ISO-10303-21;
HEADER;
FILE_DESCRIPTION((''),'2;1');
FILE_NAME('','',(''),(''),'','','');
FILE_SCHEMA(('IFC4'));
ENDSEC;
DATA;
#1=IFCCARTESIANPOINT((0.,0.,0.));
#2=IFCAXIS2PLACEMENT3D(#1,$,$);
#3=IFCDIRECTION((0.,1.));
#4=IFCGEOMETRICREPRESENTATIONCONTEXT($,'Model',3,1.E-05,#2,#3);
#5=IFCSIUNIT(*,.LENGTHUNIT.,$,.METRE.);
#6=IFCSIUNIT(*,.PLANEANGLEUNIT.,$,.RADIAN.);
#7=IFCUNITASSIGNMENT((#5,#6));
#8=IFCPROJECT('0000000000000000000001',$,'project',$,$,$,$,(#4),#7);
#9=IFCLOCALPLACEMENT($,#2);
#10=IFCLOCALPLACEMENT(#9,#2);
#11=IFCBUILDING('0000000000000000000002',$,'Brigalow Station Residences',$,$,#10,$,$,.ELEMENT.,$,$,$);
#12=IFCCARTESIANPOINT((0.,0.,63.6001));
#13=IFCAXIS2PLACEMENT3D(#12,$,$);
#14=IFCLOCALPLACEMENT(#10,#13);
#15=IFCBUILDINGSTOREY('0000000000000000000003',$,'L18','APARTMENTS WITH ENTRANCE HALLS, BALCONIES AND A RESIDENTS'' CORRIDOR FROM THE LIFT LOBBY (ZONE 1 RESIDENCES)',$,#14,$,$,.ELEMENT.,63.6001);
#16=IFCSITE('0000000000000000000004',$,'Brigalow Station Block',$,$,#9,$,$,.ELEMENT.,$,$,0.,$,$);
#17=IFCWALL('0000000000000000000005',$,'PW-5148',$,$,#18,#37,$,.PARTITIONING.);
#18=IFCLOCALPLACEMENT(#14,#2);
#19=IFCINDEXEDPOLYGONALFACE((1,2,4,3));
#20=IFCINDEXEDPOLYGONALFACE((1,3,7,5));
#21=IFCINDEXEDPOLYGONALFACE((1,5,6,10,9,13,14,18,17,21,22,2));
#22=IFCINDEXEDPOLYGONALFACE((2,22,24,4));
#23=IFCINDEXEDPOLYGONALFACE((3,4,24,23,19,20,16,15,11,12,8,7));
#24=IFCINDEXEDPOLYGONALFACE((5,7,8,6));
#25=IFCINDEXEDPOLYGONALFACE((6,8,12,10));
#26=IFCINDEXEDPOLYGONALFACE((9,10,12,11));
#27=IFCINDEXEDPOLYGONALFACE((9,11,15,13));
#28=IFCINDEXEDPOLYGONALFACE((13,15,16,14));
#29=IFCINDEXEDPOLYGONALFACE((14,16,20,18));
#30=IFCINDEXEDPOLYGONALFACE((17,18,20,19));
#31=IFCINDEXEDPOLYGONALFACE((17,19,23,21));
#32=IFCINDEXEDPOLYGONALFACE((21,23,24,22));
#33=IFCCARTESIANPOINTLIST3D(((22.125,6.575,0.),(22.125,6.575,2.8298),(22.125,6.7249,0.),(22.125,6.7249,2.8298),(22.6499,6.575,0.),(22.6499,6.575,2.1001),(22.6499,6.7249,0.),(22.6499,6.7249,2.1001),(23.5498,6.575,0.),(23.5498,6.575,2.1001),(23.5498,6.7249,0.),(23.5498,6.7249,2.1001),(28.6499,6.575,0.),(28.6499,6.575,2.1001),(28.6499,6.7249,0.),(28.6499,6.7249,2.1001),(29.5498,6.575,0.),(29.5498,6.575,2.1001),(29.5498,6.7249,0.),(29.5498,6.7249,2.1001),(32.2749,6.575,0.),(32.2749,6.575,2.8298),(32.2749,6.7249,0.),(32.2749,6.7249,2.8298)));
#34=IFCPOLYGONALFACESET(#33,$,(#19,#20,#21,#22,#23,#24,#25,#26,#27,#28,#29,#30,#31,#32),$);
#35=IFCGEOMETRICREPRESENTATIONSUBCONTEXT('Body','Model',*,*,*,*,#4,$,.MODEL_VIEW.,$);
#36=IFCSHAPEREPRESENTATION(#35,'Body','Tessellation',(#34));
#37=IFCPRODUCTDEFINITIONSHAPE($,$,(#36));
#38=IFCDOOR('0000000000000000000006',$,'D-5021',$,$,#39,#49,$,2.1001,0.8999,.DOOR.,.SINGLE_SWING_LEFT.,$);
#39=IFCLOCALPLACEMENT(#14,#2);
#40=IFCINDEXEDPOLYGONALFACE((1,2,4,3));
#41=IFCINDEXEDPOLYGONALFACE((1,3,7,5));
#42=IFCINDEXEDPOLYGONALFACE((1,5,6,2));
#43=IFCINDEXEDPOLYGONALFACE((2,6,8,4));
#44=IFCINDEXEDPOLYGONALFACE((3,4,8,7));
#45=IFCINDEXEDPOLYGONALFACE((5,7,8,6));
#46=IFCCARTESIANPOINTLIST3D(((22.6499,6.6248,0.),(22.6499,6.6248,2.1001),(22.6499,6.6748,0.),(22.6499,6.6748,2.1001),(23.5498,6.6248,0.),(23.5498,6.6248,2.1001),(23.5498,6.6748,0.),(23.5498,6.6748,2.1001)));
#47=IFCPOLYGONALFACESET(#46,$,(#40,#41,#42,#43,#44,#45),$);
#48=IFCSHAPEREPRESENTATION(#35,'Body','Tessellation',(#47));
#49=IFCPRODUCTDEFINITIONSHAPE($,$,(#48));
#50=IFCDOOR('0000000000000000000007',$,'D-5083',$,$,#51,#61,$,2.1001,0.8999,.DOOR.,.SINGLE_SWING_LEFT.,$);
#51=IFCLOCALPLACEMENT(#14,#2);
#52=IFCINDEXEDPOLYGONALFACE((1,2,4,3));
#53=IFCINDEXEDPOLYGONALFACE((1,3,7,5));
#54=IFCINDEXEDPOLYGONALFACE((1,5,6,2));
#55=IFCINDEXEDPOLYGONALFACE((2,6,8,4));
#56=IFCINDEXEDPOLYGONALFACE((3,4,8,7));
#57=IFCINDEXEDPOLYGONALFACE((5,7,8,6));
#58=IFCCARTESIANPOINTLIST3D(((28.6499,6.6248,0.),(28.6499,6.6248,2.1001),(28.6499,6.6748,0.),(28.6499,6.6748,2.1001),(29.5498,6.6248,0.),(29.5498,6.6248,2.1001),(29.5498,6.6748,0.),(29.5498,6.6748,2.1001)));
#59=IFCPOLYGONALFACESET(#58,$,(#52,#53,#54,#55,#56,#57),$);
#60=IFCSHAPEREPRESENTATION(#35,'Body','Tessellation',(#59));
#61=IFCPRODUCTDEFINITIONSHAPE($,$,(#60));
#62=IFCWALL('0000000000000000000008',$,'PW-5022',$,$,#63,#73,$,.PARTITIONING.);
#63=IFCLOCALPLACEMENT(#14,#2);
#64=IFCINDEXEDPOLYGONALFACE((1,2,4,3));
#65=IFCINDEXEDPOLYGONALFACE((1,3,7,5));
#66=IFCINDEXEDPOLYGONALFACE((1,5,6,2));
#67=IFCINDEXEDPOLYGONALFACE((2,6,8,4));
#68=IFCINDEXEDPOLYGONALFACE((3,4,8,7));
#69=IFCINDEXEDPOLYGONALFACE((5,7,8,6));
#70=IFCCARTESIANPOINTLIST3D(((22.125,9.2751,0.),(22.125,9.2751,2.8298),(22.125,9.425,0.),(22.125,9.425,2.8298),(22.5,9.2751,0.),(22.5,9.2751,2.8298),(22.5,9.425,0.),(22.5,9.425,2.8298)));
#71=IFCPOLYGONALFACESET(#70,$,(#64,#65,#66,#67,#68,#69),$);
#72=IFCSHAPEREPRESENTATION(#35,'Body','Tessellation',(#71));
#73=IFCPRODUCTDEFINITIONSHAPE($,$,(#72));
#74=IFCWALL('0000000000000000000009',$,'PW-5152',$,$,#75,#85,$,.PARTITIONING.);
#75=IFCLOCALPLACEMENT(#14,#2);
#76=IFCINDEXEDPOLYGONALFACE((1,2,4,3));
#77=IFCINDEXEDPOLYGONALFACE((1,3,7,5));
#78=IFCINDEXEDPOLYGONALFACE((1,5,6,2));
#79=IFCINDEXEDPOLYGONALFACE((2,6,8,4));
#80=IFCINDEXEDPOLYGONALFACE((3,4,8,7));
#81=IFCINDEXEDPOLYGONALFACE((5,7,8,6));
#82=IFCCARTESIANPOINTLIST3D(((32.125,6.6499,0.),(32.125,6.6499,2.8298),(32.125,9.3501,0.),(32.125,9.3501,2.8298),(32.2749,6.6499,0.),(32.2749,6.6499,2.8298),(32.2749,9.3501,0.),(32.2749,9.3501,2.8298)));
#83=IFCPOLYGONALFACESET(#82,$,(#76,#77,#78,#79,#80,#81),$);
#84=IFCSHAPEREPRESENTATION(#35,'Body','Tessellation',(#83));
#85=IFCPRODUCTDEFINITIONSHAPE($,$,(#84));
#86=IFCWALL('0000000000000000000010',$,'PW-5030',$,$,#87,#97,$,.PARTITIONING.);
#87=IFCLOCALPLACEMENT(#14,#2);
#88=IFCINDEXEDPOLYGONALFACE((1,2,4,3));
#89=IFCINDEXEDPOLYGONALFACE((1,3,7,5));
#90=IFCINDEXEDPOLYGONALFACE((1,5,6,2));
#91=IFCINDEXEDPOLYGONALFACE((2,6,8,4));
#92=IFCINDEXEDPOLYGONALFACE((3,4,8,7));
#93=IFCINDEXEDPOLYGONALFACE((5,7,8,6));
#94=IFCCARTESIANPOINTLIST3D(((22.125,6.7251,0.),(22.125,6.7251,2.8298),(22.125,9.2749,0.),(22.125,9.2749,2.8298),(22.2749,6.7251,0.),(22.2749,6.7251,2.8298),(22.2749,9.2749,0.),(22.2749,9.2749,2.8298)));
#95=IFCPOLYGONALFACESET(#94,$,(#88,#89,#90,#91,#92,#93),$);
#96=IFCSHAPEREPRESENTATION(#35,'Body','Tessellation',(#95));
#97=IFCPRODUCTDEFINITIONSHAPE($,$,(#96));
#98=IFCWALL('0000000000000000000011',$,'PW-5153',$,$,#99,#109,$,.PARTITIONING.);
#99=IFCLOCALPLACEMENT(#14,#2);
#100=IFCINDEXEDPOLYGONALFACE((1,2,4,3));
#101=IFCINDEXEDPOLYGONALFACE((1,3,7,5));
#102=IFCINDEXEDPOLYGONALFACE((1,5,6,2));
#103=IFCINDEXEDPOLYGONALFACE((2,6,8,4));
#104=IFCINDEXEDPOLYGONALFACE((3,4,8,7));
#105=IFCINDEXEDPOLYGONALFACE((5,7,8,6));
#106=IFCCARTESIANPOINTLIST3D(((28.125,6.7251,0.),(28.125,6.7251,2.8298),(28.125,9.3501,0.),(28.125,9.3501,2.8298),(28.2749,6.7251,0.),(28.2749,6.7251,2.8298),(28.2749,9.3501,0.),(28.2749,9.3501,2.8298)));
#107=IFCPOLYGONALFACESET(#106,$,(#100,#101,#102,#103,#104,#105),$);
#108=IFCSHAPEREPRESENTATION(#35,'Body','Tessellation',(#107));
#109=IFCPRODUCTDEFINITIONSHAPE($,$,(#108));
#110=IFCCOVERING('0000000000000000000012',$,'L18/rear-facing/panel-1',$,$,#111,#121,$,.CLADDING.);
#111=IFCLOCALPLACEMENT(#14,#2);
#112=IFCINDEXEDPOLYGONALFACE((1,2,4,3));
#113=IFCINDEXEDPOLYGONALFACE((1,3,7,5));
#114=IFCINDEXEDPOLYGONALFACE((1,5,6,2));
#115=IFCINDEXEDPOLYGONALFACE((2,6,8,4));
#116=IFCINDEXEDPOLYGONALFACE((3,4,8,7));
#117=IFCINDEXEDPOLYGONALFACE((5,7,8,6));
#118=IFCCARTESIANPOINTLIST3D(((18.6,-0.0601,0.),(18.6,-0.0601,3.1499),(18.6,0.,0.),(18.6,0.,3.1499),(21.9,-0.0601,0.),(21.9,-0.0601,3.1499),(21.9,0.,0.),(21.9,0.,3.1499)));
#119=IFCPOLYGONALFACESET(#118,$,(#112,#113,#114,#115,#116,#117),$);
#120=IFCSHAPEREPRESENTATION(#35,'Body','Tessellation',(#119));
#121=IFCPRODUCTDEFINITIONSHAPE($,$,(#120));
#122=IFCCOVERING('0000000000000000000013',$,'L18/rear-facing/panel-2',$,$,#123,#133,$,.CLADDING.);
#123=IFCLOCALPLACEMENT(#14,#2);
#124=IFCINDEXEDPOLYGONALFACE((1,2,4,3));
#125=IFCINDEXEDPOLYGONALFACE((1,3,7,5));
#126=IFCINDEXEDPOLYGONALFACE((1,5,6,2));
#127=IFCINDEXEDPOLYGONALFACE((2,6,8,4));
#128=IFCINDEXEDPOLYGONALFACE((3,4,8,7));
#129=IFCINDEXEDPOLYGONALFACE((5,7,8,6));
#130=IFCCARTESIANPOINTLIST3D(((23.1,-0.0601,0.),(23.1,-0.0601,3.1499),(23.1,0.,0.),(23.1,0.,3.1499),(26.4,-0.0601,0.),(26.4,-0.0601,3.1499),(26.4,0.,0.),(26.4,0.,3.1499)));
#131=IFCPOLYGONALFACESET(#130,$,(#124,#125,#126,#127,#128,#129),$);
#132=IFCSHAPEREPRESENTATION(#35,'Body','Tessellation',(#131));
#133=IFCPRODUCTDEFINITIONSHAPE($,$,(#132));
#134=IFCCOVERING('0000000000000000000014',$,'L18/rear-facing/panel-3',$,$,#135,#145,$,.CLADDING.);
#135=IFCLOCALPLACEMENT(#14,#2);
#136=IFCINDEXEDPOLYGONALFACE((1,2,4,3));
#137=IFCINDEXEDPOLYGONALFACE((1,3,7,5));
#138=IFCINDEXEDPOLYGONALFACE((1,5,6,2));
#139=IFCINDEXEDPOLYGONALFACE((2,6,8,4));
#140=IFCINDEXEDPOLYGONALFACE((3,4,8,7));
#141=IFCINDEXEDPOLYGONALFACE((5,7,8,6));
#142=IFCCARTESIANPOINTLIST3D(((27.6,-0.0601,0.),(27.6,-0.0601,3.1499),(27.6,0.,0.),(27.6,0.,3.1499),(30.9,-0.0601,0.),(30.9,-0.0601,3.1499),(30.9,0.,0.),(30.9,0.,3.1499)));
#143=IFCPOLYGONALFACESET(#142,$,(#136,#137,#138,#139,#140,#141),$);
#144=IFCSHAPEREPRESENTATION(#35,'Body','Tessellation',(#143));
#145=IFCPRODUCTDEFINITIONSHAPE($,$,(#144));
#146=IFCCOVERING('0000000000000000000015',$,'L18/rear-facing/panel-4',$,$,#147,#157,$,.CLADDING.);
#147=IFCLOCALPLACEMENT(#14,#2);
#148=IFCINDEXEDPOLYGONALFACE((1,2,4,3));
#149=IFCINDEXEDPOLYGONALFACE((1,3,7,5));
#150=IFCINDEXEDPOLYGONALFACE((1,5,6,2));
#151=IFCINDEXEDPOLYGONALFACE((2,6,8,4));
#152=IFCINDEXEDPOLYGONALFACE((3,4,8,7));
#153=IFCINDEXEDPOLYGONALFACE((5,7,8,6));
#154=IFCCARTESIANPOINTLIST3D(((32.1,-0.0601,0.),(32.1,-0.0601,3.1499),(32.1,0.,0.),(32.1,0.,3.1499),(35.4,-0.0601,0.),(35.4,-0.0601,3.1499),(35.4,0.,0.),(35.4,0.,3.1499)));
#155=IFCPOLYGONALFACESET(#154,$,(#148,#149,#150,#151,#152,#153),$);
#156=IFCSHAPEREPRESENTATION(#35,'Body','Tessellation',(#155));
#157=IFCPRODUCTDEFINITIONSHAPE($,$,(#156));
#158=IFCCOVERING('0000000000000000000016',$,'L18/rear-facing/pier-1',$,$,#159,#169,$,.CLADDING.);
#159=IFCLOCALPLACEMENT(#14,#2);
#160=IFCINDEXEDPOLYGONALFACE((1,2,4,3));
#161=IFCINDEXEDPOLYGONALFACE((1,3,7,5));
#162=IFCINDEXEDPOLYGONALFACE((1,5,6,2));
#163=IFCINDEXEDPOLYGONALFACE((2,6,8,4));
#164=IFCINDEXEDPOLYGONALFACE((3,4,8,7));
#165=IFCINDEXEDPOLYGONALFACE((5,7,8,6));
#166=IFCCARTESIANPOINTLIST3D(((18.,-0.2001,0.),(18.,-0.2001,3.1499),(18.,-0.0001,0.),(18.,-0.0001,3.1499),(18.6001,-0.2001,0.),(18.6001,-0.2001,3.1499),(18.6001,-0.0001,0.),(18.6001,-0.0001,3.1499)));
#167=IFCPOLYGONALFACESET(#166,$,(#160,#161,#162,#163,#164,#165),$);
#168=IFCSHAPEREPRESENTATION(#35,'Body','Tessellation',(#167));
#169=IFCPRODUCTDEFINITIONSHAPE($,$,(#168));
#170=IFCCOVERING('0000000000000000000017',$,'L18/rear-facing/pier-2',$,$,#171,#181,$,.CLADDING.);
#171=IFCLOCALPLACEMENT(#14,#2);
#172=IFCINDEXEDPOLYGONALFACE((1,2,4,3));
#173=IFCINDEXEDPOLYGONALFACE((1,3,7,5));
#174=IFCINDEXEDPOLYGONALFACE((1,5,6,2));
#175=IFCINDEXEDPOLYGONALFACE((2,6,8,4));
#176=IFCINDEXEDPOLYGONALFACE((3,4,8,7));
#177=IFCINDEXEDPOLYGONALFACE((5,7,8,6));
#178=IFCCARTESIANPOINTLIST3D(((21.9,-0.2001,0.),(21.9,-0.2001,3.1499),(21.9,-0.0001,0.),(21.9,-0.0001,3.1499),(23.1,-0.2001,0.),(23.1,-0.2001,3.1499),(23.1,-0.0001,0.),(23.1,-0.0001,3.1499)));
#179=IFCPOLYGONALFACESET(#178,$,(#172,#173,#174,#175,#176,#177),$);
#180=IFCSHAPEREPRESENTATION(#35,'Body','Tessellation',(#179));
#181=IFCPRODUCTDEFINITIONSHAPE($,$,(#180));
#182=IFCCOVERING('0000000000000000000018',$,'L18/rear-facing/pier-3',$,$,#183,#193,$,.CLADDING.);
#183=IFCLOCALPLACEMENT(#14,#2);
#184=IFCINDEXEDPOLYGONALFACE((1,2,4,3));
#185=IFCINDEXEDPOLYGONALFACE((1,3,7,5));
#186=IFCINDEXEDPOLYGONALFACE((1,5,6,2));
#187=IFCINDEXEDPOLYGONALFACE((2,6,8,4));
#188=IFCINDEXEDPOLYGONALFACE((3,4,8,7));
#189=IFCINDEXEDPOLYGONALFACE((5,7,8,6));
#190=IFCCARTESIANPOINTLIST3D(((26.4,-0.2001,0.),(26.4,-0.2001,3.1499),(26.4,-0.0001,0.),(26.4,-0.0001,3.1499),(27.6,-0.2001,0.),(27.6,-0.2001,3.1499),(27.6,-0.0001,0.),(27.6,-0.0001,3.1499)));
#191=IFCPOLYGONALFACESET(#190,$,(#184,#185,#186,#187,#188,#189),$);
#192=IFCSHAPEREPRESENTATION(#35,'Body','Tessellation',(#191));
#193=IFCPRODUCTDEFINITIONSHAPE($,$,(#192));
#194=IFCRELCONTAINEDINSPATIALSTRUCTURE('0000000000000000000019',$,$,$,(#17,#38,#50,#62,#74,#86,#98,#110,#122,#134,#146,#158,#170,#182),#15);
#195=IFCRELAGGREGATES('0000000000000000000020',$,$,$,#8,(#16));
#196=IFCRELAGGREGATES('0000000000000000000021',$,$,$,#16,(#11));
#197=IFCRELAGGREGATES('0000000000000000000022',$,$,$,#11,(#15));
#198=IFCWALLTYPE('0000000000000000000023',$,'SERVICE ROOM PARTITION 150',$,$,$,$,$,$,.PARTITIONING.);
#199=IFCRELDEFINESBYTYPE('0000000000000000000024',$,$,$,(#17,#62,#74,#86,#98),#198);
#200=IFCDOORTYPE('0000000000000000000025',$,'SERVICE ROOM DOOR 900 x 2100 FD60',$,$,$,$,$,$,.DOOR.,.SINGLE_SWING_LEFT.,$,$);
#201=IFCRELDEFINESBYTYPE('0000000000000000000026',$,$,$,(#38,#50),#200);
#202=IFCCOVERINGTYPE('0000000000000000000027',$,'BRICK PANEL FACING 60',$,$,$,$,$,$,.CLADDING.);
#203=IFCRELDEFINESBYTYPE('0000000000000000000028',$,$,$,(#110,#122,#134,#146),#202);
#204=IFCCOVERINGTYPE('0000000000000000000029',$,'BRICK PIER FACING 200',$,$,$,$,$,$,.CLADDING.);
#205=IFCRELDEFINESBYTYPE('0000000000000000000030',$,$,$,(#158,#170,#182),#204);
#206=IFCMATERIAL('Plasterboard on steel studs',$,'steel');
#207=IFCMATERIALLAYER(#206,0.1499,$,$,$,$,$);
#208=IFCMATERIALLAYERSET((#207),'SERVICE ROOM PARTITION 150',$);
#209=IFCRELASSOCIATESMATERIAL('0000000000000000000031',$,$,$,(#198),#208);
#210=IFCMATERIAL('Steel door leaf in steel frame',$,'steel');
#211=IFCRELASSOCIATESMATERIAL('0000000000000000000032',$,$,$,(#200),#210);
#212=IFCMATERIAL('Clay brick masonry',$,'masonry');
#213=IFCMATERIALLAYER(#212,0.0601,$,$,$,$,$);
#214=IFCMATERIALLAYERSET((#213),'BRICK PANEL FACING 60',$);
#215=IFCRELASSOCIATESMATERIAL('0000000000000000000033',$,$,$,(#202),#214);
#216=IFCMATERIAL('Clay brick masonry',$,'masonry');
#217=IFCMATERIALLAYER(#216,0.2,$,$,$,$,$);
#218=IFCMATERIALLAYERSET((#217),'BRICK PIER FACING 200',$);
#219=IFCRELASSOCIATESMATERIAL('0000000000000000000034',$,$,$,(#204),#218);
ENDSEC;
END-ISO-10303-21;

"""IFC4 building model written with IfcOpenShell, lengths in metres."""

from ifc_helpers import new_model, si_unit, direction, frame, frame_2d, origin, origin_2d, place, context, subcontext, project, spatial, rectangle, extrude, material, layer, layer_set, type_object, element, fill, save


model = new_model("IFC4")

# Units and contexts
model_context = context("Model", 3, precision=1e-05, world=origin(), true_north=direction((0.0, 1.0)))
body_context = subcontext(model_context, "Body", "Model", "MODEL_VIEW")
ifc_project = project(units=[si_unit("LENGTHUNIT", "METRE"), si_unit("PLANEANGLEUNIT", "RADIAN")], contexts=[model_context])

# Site, building, storey
site_placement = place(None, origin())
site = spatial("IfcSite", under=ifc_project, at=site_placement, Name="Brigalow Station Block", CompositionType="ELEMENT", RefElevation=0.0)
building_placement = place(site_placement, origin())
building = spatial("IfcBuilding", under=site, at=building_placement, Name="Brigalow Station Residences", CompositionType="ELEMENT")
storey_placement = place(building_placement, frame((0.0, 0.0, 63.6001)))
storey = spatial("IfcBuildingStorey", under=building, at=storey_placement, Name="L18", Description="APARTMENTS WITH ENTRANCE HALLS, BALCONIES AND A RESIDENTS' CORRIDOR FROM THE LIFT LOBBY (ZONE 1 RESIDENCES)", CompositionType="ELEMENT", Elevation=63.6001)

# Shared definitions
ifc_material_1 = material(Name="Plasterboard on steel studs", Category="steel")
ifc_layer_1 = layer(ifc_material_1, 0.1499)
ifc_layer_set_1 = layer_set([ifc_layer_1], Name="SERVICE ROOM PARTITION 150")
wall_type_1 = type_object("IfcWallType", Name="SERVICE ROOM PARTITION 150", PredefinedType="PARTITIONING", material=ifc_layer_set_1)
ifc_material_2 = material(Name="Steel door leaf in steel frame", Category="steel")
door_type_1 = type_object("IfcDoorType", Name="SERVICE ROOM DOOR 900 x 2100 FD60", OperationType="SINGLE_SWING_LEFT", PredefinedType="DOOR", material=ifc_material_2)

# Wall, openings, doors
wall_1_placement = place(storey_placement, frame((22.125, 6.6499, 0.0), z_axis=(0.0, 0.0, 1.0), x_axis=(1.0, 0.0, 0.0)))
wall_1 = element("IfcWall", 1, at=wall_1_placement, inside=storey, type_object=wall_type_1, Name="PW-5148", PredefinedType="PARTITIONING", context=body_context, shape_type="SweptSolid", body=[
    extrude(rectangle(XDim=10.1499, YDim=0.1499, at=frame_2d((5.075, 0.0))), origin(), (0.0, 0.0, 1.0), 2.8298),
])
opening_1_placement = place(wall_1_placement, frame((0.5249, 0.0, 0.0)))
opening_1 = element("IfcOpeningElement", 2, at=opening_1_placement, cuts=wall_1, PredefinedType="OPENING", context=body_context, shape_type="SweptSolid", body=[
    extrude(rectangle(XDim=0.8999, YDim=2.1001, at=frame_2d((0.45, 1.05))), frame((0.0, 0.085, 0.0), z_axis=(0.0, -1.0, 0.0), x_axis=(1.0, 0.0, 0.0)), (0.0, 0.0, 1.0), 0.1699),
])
opening_2_placement = place(wall_1_placement, frame((6.5249, 0.0, 0.0)))
opening_2 = element("IfcOpeningElement", 3, at=opening_2_placement, cuts=wall_1, PredefinedType="OPENING", context=body_context, shape_type="SweptSolid", body=[
    extrude(rectangle(XDim=0.8999, YDim=2.1001, at=frame_2d((0.45, 1.05))), frame((0.0, 0.085, 0.0), z_axis=(0.0, -1.0, 0.0), x_axis=(1.0, 0.0, 0.0)), (0.0, 0.0, 1.0), 0.1699),
])
door_1_placement = place(opening_1_placement, origin())
door_1 = element("IfcDoor", 4, at=door_1_placement, inside=storey, type_object=door_type_1, Name="D-5021", OperationType="SINGLE_SWING_LEFT", OverallHeight=2.1001, OverallWidth=0.8999, PredefinedType="DOOR", context=body_context, shape_type="SweptSolid", body=[
    extrude(rectangle(XDim=0.8999, YDim=2.1001, at=frame_2d((0.45, 1.05))), frame((0.0, 0.0249, 0.0), z_axis=(0.0, -1.0, 0.0), x_axis=(1.0, 0.0, 0.0)), (0.0, 0.0, 1.0), 0.05),
])
fill(opening_1, door_1)
door_2_placement = place(opening_2_placement, origin())
door_2 = element("IfcDoor", 5, at=door_2_placement, inside=storey, type_object=door_type_1, Name="D-5083", OperationType="SINGLE_SWING_LEFT", OverallHeight=2.1001, OverallWidth=0.8999, PredefinedType="DOOR", context=body_context, shape_type="SweptSolid", body=[
    extrude(rectangle(XDim=0.8999, YDim=2.1001, at=frame_2d((0.45, 1.05))), frame((0.0, 0.0249, 0.0), z_axis=(0.0, -1.0, 0.0), x_axis=(1.0, 0.0, 0.0)), (0.0, 0.0, 1.0), 0.05),
])
fill(opening_2, door_2)

# Walls
wall_2_placement = place(storey_placement, frame((22.125, 9.3501, 0.0), z_axis=(0.0, 0.0, 1.0), x_axis=(1.0, 0.0, 0.0)))
element("IfcWall", 6, at=wall_2_placement, inside=storey, type_object=wall_type_1, Name="PW-5022", PredefinedType="PARTITIONING", context=body_context, shape_type="SweptSolid", body=[
    extrude(rectangle(XDim=0.375, YDim=0.1499, at=frame_2d((0.1875, 0.0))), origin(), (0.0, 0.0, 1.0), 2.8298),
])
wall_3_placement = place(storey_placement, frame((32.2, 6.6499, 0.0), z_axis=(0.0, 0.0, 1.0), x_axis=(0.0, 1.0, 0.0)))
element("IfcWall", 7, at=wall_3_placement, inside=storey, type_object=wall_type_1, Name="PW-5152", PredefinedType="PARTITIONING", context=body_context, shape_type="SweptSolid", body=[
    extrude(rectangle(XDim=2.7002, YDim=0.1499, at=frame_2d((1.3501, 0.0))), origin(), (0.0, 0.0, 1.0), 2.8298),
])
wall_4_placement = place(storey_placement, frame((22.2, 6.7251, 0.0), z_axis=(0.0, 0.0, 1.0), x_axis=(0.0, 1.0, 0.0)))
element("IfcWall", 8, at=wall_4_placement, inside=storey, type_object=wall_type_1, Name="PW-5030", PredefinedType="PARTITIONING", context=body_context, shape_type="SweptSolid", body=[
    extrude(rectangle(XDim=2.5498, YDim=0.1499, at=frame_2d((1.2749, 0.0))), origin(), (0.0, 0.0, 1.0), 2.8298),
])
wall_5_placement = place(storey_placement, frame((28.2, 6.7251, 0.0), z_axis=(0.0, 0.0, 1.0), x_axis=(0.0, 1.0, 0.0)))
element("IfcWall", 9, at=wall_5_placement, inside=storey, type_object=wall_type_1, Name="PW-5153", PredefinedType="PARTITIONING", context=body_context, shape_type="SweptSolid", body=[
    extrude(rectangle(XDim=2.625, YDim=0.1499, at=frame_2d((1.3125, 0.0))), origin(), (0.0, 0.0, 1.0), 2.8298),
])

# Coverings
ifc_material_3 = material(Name="Clay brick masonry", Category="masonry")
ifc_layer_2 = layer(ifc_material_3, 0.0601)
ifc_layer_set_2 = layer_set([ifc_layer_2], Name="BRICK PANEL FACING 60")
covering_type_1 = type_object("IfcCoveringType", Name="BRICK PANEL FACING 60", PredefinedType="CLADDING", material=ifc_layer_set_2)
for number, where, z_axis, x_axis, name in (
    (10, (20.25, -0.03, 0.0), (0.0, 0.0, 1.0), (1.0, 0.0, 0.0), "L18/rear-facing/panel-1"),
    (11, (24.75, -0.03, 0.0), (0.0, 0.0, 1.0), (1.0, 0.0, 0.0), "L18/rear-facing/panel-2"),
    (12, (29.25, -0.03, 0.0), (0.0, 0.0, 1.0), (1.0, 0.0, 0.0), "L18/rear-facing/panel-3"),
    (13, (33.75, -0.03, 0.0), (0.0, 0.0, 1.0), (1.0, 0.0, 0.0), "L18/rear-facing/panel-4"),
):
    element("IfcCovering", number, at=place(storey_placement, frame(where, z_axis=z_axis, x_axis=x_axis)), inside=storey, type_object=covering_type_1, Name=name, PredefinedType="CLADDING", context=body_context, shape_type="SweptSolid", body=[
        extrude(rectangle(XDim=3.3, YDim=0.0601, at=origin_2d()), origin(), (0.0, 0.0, 1.0), 3.1499),
    ])
ifc_material_4 = material(Name="Clay brick masonry", Category="masonry")
ifc_layer_3 = layer(ifc_material_4, 0.2)
ifc_layer_set_3 = layer_set([ifc_layer_3], Name="BRICK PIER FACING 200")
covering_type_2 = type_object("IfcCoveringType", Name="BRICK PIER FACING 200", PredefinedType="CLADDING", material=ifc_layer_set_3)
covering_placement = place(storey_placement, frame((18.3, -0.1001, 0.0), z_axis=(0.0, 0.0, 1.0), x_axis=(1.0, 0.0, 0.0)))
element("IfcCovering", 14, at=covering_placement, inside=storey, type_object=covering_type_2, Name="L18/rear-facing/pier-1", PredefinedType="CLADDING", context=body_context, shape_type="SweptSolid", body=[
    extrude(rectangle(XDim=0.6001, YDim=0.2, at=origin_2d()), origin(), (0.0, 0.0, 1.0), 3.1499),
])
for number, where, z_axis, x_axis, name in (
    (15, (22.5, -0.1001, 0.0), (0.0, 0.0, 1.0), (1.0, 0.0, 0.0), "L18/rear-facing/pier-2"),
    (16, (27.0, -0.1001, 0.0), (0.0, 0.0, 1.0), (1.0, 0.0, 0.0), "L18/rear-facing/pier-3"),
):
    element("IfcCovering", number, at=place(storey_placement, frame(where, z_axis=z_axis, x_axis=x_axis)), inside=storey, type_object=covering_type_2, Name=name, PredefinedType="CLADDING", context=body_context, shape_type="SweptSolid", body=[
        extrude(rectangle(XDim=1.2, YDim=0.2, at=origin_2d()), origin(), (0.0, 0.0, 1.0), 3.1499),
    ])

save(model, "model.ifc")
